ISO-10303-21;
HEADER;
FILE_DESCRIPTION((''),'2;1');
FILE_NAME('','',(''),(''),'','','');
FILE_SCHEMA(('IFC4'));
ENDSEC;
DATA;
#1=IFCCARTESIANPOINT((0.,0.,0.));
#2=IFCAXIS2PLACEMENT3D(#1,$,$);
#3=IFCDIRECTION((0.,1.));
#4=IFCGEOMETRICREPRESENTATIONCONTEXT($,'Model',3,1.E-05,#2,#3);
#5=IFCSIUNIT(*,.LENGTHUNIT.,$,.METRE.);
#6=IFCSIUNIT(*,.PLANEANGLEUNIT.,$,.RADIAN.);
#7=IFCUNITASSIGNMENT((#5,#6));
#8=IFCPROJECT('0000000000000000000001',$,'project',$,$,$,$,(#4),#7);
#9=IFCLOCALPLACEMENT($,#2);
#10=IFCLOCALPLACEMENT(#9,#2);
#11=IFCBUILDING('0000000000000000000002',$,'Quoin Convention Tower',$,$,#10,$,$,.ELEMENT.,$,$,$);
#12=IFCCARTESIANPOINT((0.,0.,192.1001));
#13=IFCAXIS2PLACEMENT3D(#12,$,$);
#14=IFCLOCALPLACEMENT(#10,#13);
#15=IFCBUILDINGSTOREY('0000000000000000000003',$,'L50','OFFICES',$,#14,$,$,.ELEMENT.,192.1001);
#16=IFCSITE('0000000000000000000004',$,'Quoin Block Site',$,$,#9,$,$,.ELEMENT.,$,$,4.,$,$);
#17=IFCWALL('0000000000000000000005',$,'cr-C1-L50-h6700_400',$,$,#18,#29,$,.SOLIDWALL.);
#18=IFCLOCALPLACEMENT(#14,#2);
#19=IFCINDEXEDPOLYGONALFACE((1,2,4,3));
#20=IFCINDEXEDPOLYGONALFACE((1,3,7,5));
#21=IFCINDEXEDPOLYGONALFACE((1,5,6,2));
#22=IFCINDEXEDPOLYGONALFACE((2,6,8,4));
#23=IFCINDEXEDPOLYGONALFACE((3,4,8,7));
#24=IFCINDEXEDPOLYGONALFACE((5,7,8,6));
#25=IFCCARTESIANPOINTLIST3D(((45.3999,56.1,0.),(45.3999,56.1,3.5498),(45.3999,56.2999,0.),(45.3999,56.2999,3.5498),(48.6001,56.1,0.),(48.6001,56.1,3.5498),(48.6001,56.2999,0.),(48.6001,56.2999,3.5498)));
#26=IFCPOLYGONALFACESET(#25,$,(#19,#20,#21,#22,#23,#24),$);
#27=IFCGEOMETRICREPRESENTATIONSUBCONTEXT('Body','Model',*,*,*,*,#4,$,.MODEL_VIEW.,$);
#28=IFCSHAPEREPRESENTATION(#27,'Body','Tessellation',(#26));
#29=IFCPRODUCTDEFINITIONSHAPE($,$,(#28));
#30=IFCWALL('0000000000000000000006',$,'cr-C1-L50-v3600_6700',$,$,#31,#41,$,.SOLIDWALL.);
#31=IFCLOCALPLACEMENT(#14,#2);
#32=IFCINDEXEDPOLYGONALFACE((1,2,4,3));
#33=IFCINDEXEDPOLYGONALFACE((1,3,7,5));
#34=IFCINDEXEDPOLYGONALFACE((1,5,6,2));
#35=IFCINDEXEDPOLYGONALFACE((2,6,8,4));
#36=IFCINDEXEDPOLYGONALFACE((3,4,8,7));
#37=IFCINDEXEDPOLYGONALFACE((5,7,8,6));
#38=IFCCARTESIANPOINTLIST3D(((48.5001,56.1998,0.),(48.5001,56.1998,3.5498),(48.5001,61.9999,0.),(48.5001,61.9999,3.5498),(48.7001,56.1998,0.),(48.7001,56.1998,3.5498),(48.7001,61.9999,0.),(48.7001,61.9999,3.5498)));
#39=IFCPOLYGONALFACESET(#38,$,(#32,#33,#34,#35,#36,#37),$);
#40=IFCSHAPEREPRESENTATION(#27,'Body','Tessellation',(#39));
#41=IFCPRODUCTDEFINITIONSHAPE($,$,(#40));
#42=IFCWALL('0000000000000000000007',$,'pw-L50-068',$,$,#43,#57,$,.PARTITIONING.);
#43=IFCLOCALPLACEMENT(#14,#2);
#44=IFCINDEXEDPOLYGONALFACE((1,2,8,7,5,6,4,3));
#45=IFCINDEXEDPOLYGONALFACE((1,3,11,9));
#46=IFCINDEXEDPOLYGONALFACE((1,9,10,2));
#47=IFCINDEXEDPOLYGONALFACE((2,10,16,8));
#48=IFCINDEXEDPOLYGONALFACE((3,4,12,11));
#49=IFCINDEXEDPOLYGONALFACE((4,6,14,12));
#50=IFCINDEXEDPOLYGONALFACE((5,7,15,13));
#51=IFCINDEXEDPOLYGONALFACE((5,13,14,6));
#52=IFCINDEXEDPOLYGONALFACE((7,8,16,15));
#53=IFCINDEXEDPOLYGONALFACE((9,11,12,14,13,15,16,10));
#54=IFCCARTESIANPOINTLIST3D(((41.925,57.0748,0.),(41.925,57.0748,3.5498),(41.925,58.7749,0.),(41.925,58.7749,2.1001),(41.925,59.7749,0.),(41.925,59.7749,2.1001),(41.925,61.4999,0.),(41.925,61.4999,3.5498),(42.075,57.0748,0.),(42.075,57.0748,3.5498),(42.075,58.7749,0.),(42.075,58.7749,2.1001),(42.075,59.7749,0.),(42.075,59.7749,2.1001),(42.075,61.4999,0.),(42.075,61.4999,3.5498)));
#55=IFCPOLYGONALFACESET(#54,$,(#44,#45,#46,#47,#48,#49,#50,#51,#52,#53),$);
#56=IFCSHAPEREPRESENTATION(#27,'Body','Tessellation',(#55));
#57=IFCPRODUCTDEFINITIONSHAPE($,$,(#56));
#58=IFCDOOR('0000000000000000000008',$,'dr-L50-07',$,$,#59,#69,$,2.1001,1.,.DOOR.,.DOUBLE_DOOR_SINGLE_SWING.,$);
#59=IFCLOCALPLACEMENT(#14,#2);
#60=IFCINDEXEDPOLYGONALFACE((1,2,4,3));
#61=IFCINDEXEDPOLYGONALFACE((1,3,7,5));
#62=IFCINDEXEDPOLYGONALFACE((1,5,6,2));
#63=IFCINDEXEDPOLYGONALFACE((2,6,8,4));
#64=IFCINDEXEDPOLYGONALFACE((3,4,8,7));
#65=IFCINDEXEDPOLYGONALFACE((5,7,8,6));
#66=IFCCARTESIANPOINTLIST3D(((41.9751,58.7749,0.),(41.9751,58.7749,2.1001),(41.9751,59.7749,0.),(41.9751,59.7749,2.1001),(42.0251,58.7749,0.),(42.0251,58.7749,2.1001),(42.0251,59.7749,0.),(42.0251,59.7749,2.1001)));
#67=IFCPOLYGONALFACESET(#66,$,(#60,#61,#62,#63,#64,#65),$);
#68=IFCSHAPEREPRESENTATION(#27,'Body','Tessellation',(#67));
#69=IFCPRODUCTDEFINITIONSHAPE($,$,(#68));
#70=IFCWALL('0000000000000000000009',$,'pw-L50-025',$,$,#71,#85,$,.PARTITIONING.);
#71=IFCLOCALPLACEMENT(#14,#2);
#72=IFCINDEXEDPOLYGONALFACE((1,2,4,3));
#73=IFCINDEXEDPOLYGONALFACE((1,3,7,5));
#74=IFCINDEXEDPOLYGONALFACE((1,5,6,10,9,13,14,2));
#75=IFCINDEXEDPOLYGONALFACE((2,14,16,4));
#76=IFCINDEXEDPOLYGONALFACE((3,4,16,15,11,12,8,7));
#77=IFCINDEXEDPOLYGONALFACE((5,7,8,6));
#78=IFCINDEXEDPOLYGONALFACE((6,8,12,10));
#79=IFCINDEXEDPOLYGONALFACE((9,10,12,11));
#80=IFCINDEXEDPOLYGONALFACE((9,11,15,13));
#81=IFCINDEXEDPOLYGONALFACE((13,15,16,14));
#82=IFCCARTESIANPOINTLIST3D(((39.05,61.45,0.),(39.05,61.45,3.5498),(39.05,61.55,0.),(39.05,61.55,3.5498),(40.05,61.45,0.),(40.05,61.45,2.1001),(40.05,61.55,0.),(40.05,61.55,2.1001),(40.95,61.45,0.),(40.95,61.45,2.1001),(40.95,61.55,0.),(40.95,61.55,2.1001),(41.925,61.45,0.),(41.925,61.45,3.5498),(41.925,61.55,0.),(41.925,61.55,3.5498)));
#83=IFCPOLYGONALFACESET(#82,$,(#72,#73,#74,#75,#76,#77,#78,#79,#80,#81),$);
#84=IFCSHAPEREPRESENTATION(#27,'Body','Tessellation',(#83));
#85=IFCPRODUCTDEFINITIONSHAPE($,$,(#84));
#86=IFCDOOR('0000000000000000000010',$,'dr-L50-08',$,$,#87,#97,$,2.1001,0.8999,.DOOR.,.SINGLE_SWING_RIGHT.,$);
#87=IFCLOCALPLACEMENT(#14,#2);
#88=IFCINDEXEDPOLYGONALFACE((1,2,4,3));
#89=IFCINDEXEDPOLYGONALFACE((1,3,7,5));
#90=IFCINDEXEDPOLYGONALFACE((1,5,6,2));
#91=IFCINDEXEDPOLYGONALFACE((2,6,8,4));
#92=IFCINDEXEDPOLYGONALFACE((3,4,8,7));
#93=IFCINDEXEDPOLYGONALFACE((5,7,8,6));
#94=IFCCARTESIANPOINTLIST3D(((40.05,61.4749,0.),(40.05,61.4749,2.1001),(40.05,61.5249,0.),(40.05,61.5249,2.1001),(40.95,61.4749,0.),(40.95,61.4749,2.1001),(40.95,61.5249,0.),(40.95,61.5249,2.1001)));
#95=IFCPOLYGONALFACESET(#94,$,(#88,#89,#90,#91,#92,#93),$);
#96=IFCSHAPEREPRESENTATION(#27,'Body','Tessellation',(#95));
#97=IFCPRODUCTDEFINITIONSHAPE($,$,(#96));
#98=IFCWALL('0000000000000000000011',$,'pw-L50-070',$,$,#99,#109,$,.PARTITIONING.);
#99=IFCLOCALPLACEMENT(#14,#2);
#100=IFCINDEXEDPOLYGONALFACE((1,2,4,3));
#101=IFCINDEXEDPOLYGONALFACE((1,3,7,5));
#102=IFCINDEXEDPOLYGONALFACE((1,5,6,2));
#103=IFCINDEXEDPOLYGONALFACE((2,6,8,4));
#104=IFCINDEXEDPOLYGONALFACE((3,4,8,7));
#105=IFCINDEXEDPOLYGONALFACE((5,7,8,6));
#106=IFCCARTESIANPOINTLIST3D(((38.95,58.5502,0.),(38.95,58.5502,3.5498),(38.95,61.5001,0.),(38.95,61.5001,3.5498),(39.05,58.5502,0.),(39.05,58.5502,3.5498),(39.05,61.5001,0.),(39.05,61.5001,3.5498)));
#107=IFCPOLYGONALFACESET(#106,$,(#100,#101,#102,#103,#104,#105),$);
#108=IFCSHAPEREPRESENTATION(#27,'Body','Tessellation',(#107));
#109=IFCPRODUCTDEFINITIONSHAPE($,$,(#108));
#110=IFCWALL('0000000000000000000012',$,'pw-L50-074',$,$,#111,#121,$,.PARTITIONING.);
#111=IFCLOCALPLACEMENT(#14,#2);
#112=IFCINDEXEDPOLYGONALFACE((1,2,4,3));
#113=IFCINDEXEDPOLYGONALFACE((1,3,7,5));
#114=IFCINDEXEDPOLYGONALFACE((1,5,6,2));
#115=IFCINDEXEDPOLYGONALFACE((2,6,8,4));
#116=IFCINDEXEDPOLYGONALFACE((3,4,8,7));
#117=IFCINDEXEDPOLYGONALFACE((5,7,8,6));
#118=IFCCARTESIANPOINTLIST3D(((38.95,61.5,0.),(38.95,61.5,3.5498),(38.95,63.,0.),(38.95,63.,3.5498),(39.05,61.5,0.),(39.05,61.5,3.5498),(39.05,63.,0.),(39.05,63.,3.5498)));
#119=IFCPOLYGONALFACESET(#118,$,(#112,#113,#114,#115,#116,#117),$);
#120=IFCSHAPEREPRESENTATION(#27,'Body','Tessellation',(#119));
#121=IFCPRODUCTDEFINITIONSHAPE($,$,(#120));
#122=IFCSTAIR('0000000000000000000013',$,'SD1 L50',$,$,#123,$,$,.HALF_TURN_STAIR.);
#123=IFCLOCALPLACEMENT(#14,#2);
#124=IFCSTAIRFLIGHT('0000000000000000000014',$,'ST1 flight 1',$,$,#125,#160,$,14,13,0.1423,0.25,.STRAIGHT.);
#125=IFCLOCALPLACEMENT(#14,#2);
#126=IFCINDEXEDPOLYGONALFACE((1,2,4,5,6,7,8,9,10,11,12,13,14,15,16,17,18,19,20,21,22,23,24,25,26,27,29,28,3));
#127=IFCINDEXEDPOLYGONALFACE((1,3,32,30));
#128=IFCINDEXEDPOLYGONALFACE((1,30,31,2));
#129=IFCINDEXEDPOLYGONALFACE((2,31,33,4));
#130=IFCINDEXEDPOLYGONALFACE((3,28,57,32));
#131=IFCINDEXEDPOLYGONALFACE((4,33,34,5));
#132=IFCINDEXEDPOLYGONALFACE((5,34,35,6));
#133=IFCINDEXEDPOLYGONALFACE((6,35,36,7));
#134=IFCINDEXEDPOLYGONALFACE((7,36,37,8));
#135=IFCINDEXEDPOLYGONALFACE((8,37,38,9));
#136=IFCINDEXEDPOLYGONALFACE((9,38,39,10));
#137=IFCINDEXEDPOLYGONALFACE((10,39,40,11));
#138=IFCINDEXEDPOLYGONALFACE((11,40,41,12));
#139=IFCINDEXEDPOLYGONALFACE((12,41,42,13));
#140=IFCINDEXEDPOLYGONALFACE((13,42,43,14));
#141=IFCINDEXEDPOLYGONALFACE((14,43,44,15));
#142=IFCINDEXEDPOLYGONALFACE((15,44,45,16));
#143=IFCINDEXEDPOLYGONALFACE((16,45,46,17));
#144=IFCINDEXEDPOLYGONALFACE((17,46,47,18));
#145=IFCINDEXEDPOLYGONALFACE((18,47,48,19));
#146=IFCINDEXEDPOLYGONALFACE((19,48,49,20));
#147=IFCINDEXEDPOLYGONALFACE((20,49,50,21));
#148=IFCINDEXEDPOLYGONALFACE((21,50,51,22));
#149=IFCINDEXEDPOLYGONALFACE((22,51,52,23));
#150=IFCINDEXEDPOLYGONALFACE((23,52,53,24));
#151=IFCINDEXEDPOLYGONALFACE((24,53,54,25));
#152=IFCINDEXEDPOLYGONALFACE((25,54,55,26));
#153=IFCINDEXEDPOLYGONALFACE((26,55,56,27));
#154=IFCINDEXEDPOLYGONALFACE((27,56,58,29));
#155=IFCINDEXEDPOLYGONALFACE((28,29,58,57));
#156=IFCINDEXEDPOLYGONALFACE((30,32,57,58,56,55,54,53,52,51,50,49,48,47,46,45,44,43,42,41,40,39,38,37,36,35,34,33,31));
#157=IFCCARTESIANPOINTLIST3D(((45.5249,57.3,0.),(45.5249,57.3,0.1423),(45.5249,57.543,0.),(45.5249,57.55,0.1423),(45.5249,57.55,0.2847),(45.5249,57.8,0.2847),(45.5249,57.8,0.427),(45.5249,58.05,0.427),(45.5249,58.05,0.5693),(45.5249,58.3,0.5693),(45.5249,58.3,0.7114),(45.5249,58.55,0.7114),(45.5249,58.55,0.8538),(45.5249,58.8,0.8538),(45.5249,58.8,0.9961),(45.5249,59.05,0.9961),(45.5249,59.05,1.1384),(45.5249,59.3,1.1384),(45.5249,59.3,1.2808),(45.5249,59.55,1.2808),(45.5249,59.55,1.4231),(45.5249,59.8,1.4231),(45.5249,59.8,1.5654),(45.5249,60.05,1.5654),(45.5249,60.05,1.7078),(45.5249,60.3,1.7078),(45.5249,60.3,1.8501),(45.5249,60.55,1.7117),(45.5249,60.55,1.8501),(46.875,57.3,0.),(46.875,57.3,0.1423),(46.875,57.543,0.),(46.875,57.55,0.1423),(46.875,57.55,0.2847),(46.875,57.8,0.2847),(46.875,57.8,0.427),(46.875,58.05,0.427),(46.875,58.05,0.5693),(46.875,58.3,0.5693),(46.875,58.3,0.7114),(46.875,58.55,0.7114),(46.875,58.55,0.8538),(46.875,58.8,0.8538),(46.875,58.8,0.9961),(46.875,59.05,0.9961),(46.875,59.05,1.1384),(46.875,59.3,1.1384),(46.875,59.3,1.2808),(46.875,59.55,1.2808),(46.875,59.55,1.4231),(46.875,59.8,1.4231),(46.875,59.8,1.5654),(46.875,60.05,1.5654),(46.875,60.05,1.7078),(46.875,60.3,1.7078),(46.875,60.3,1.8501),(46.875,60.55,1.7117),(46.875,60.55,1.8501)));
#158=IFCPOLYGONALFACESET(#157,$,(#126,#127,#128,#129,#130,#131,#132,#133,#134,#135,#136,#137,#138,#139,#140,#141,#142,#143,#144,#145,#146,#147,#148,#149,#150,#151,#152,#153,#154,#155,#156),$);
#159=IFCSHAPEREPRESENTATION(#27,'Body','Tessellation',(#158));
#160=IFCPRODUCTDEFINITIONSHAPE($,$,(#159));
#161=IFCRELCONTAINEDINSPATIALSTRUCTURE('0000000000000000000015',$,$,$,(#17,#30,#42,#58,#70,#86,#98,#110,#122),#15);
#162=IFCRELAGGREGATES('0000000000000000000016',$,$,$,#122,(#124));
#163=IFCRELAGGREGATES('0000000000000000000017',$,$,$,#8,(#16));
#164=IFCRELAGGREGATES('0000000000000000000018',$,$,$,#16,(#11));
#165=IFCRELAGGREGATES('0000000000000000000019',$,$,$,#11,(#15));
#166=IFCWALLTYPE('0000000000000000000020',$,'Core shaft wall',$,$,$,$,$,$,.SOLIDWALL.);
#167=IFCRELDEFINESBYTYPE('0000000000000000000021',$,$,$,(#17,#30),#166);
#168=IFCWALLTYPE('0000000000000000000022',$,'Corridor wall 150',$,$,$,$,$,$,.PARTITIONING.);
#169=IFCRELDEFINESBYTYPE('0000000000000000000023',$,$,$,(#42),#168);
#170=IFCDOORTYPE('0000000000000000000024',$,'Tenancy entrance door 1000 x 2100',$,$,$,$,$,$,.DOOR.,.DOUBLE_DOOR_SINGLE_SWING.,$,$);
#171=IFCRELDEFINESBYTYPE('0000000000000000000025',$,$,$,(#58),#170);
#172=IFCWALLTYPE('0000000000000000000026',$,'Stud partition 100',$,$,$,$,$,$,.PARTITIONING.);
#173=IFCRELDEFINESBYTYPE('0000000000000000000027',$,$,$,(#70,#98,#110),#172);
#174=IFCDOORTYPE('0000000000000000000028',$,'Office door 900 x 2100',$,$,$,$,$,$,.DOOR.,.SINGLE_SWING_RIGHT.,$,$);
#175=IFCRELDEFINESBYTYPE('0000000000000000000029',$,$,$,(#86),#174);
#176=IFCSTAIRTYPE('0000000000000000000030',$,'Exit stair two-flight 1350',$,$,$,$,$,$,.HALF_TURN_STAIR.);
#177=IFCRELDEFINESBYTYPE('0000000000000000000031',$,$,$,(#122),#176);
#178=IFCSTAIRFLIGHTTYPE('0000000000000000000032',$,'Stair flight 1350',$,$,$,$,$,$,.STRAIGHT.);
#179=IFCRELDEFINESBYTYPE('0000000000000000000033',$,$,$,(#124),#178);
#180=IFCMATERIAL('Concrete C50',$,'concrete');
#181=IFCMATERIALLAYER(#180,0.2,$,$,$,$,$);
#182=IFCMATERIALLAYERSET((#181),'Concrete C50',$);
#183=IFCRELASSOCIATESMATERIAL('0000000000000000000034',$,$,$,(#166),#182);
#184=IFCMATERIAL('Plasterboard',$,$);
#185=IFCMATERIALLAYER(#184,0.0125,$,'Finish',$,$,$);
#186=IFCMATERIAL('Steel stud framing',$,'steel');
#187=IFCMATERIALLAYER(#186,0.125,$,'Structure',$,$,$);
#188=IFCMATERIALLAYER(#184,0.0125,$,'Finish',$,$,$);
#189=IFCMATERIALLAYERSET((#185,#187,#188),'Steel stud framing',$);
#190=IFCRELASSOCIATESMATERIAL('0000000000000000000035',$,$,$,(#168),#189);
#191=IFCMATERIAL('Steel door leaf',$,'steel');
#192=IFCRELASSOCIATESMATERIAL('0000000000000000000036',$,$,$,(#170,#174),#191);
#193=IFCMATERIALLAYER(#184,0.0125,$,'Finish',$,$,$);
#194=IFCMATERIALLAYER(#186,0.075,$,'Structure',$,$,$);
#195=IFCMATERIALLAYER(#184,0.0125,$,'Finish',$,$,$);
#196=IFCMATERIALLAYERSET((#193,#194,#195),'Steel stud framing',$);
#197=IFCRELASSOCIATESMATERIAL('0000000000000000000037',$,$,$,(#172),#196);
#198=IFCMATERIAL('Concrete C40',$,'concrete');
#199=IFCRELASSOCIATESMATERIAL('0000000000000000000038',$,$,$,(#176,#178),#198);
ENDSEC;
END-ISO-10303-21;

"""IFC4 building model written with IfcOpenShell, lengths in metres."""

from ifc_helpers import new_model, si_unit, direction, frame, frame_2d, origin, place, context, subcontext, project, spatial, polyline, rectangle, outline, extrude, material, layer, layer_set, type_object, element, fill, aggregate, save


model = new_model("IFC4")

# Units and contexts
model_context = context("Model", 3, precision=1e-05, world=origin(), true_north=direction((0.0, 1.0)))
body_context = subcontext(model_context, "Body", "Model", "MODEL_VIEW")
ifc_project = project(units=[si_unit("LENGTHUNIT", "METRE"), si_unit("PLANEANGLEUNIT", "RADIAN")], contexts=[model_context])

# Site, building, storey
site_placement = place(None, origin())
site = spatial("IfcSite", under=ifc_project, at=site_placement, Name="Quoin Block Site", CompositionType="ELEMENT", RefElevation=4.0)
building_placement = place(site_placement, origin())
building = spatial("IfcBuilding", under=site, at=building_placement, Name="Quoin Convention Tower", CompositionType="ELEMENT")
storey_placement = place(building_placement, frame((0.0, 0.0, 192.1001)))
storey = spatial("IfcBuildingStorey", under=building, at=storey_placement, Name="L50", Description="OFFICES", CompositionType="ELEMENT", Elevation=192.1001)

# Walls
ifc_material_1 = material(Name="Concrete C50", Category="concrete")
ifc_layer_1 = layer(ifc_material_1, 0.2)
ifc_layer_set_1 = layer_set([ifc_layer_1], Name="Concrete C50")
wall_type_1 = type_object("IfcWallType", Name="Core shaft wall", PredefinedType="SOLIDWALL", material=ifc_layer_set_1)
wall_1_placement = place(storey_placement, frame((45.3999, 56.2, 0.0), z_axis=(0.0, 0.0, 1.0), x_axis=(1.0, 0.0, 0.0)))
element("IfcWall", 1, at=wall_1_placement, inside=storey, type_object=wall_type_1, Name="cr-C1-L50-h6700_400", PredefinedType="SOLIDWALL", context=body_context, shape_type="SweptSolid", body=[
    extrude(rectangle(XDim=3.2002, YDim=0.2, at=frame_2d((1.6001, 0.0))), origin(), (0.0, 0.0, 1.0), 3.5498),
])
wall_2_placement = place(storey_placement, frame((48.6001, 56.2, 0.0), z_axis=(0.0, 0.0, 1.0), x_axis=(0.0, 1.0, 0.0)))
element("IfcWall", 2, at=wall_2_placement, inside=storey, type_object=wall_type_1, Name="cr-C1-L50-v3600_6700", PredefinedType="SOLIDWALL", context=body_context, shape_type="SweptSolid", body=[
    extrude(rectangle(XDim=5.8, YDim=0.2, at=frame_2d((2.8999, 0.0))), origin(), (0.0, 0.0, 1.0), 3.5498),
])

# Walls, openings, doors
ifc_material_2 = material(Name="Plasterboard")
ifc_layer_2 = layer(ifc_material_2, 0.0125, Name="Finish")
ifc_material_3 = material(Name="Steel stud framing", Category="steel")
ifc_layer_3 = layer(ifc_material_3, 0.125, Name="Structure")
ifc_layer_4 = layer(ifc_material_2, 0.0125, Name="Finish")
ifc_layer_set_2 = layer_set([ifc_layer_2, ifc_layer_3, ifc_layer_4], Name="Steel stud framing")
wall_type_2 = type_object("IfcWallType", Name="Corridor wall 150", PredefinedType="PARTITIONING", material=ifc_layer_set_2)
wall_3_placement = place(storey_placement, frame((42.0, 57.075, 0.0), z_axis=(0.0, 0.0, 1.0), x_axis=(0.0, 1.0, 0.0)))
wall_3 = element("IfcWall", 3, at=wall_3_placement, inside=storey, type_object=wall_type_2, Name="pw-L50-068", PredefinedType="PARTITIONING", context=body_context, shape_type="SweptSolid", body=[
    extrude(rectangle(XDim=4.425, YDim=0.1499, at=frame_2d((2.2124, 0.0))), origin(), (0.0, 0.0, 1.0), 3.5498),
])
opening_1_placement = place(wall_3_placement, frame((1.7, 0.0, 0.0)))
opening_1 = element("IfcOpeningElement", 4, at=opening_1_placement, cuts=wall_3, PredefinedType="OPENING", context=body_context, shape_type="SweptSolid", body=[
    extrude(rectangle(XDim=1.0, YDim=2.1001, at=frame_2d((0.5, 1.05))), frame((0.0, 0.085, 0.0), z_axis=(0.0, -1.0, 0.0), x_axis=(1.0, 0.0, 0.0)), (0.0, 0.0, 1.0), 0.1699),
])
ifc_material_4 = material(Name="Steel door leaf", Category="steel")
door_type_1 = type_object("IfcDoorType", Name="Tenancy entrance door 1000 x 2100", OperationType="DOUBLE_DOOR_SINGLE_SWING", PredefinedType="DOOR", material=ifc_material_4)
door_1_placement = place(opening_1_placement, origin())
door_1 = element("IfcDoor", 5, at=door_1_placement, inside=storey, type_object=door_type_1, Name="dr-L50-07", OperationType="DOUBLE_DOOR_SINGLE_SWING", OverallHeight=2.1001, OverallWidth=1.0, PredefinedType="DOOR", context=body_context, shape_type="SweptSolid", body=[
    extrude(rectangle(XDim=1.0, YDim=2.1001, at=frame_2d((0.5, 1.05))), frame((0.0, 0.0249, 0.0), z_axis=(0.0, -1.0, 0.0), x_axis=(1.0, 0.0, 0.0)), (0.0, 0.0, 1.0), 0.05),
])
fill(opening_1, door_1)
ifc_layer_5 = layer(ifc_material_2, 0.0125, Name="Finish")
ifc_layer_6 = layer(ifc_material_3, 0.075, Name="Structure")
ifc_layer_7 = layer(ifc_material_2, 0.0125, Name="Finish")
ifc_layer_set_3 = layer_set([ifc_layer_5, ifc_layer_6, ifc_layer_7], Name="Steel stud framing")
wall_type_3 = type_object("IfcWallType", Name="Stud partition 100", PredefinedType="PARTITIONING", material=ifc_layer_set_3)
wall_4_placement = place(storey_placement, frame((39.05, 61.5, 0.0), z_axis=(0.0, 0.0, 1.0), x_axis=(1.0, 0.0, 0.0)))
wall_4 = element("IfcWall", 6, at=wall_4_placement, inside=storey, type_object=wall_type_3, Name="pw-L50-025", PredefinedType="PARTITIONING", context=body_context, shape_type="SweptSolid", body=[
    extrude(rectangle(XDim=2.875, YDim=0.1001, at=frame_2d((1.4375, 0.0))), origin(), (0.0, 0.0, 1.0), 3.5498),
])
opening_2_placement = place(wall_4_placement, frame((1.0, 0.0, 0.0)))
opening_2 = element("IfcOpeningElement", 7, at=opening_2_placement, cuts=wall_4, PredefinedType="OPENING", context=body_context, shape_type="SweptSolid", body=[
    extrude(rectangle(XDim=0.8999, YDim=2.1001, at=frame_2d((0.45, 1.05))), frame((0.0, 0.0601, 0.0), z_axis=(0.0, -1.0, 0.0), x_axis=(1.0, 0.0, 0.0)), (0.0, 0.0, 1.0), 0.1201),
])
door_type_2 = type_object("IfcDoorType", Name="Office door 900 x 2100", OperationType="SINGLE_SWING_RIGHT", PredefinedType="DOOR", material=ifc_material_4)
door_2_placement = place(opening_2_placement, origin())
door_2 = element("IfcDoor", 8, at=door_2_placement, inside=storey, type_object=door_type_2, Name="dr-L50-08", OperationType="SINGLE_SWING_RIGHT", OverallHeight=2.1001, OverallWidth=0.8999, PredefinedType="DOOR", context=body_context, shape_type="SweptSolid", body=[
    extrude(rectangle(XDim=0.8999, YDim=2.1001, at=frame_2d((0.45, 1.05))), frame((0.0, 0.0249, 0.0), z_axis=(0.0, -1.0, 0.0), x_axis=(1.0, 0.0, 0.0)), (0.0, 0.0, 1.0), 0.05),
])
fill(opening_2, door_2)

# Walls
wall_5_placement = place(storey_placement, frame((39.0, 58.55, 0.0), z_axis=(0.0, 0.0, 1.0), x_axis=(0.0, 1.0, 0.0)))
element("IfcWall", 9, at=wall_5_placement, inside=storey, type_object=wall_type_3, Name="pw-L50-070", PredefinedType="PARTITIONING", context=body_context, shape_type="SweptSolid", body=[
    extrude(rectangle(XDim=2.95, YDim=0.1001, at=frame_2d((1.4751, 0.0))), origin(), (0.0, 0.0, 1.0), 3.5498),
])
wall_6_placement = place(storey_placement, frame((39.0, 61.5, 0.0), z_axis=(0.0, 0.0, 1.0), x_axis=(0.0, 1.0, 0.0)))
element("IfcWall", 10, at=wall_6_placement, inside=storey, type_object=wall_type_3, Name="pw-L50-074", PredefinedType="PARTITIONING", context=body_context, shape_type="SweptSolid", body=[
    extrude(rectangle(XDim=1.5, YDim=0.1001, at=frame_2d((0.75, 0.0))), origin(), (0.0, 0.0, 1.0), 3.5498),
])

# Stair, stair flight
ifc_material_5 = material(Name="Concrete C40", Category="concrete")
stair_type = type_object("IfcStairType", Name="Exit stair two-flight 1350", PredefinedType="HALF_TURN_STAIR", material=ifc_material_5)
stair_placement = place(storey_placement, origin())
stair = element("IfcStair", 11, at=stair_placement, inside=storey, type_object=stair_type, Name="SD1 L50", PredefinedType="HALF_TURN_STAIR")
stair_flight_type = type_object("IfcStairFlightType", Name="Stair flight 1350", PredefinedType="STRAIGHT", material=ifc_material_5)
stair_flight_1_placement = place(storey_placement, frame((46.2, 57.3, 0.0), z_axis=(0.0, 0.0, 1.0), x_axis=(0.0, 1.0, 0.0)))
stair_flight_1 = element("IfcStairFlight", 12, at=stair_flight_1_placement, type_object=stair_flight_type, Name="ST1 flight 1", NumberOfRisers=14, NumberOfTreads=13, PredefinedType="STRAIGHT", RiserHeight=0.1423, TreadLength=0.25, context=body_context, shape_type="SweptSolid", body=[
    extrude(outline(polyline([(0.0, 0.0), (0.0, 0.1423), (0.25, 0.1423), (0.25, 0.2847), (0.5, 0.2847), (0.5, 0.427), (0.75, 0.427), (0.75, 0.5693), (1.0, 0.5693), (1.0, 0.7114), (1.25, 0.7114), (1.25, 0.8538), (1.5, 0.8538), (1.5, 0.9961), (1.75, 0.9961), (1.75, 1.1384), (2.0, 1.1384), (2.0, 1.2808), (2.25, 1.2808), (2.25, 1.4231), (2.5, 1.4231), (2.5, 1.5654), (2.75, 1.5654), (2.75, 1.7078), (3.0, 1.7078), (3.0, 1.8501), (3.25, 1.8501), (3.25, 1.9922), (3.25, 1.7117), (0.2429, 0.0), (0.0, 0.0)])), frame((0.0, 0.675, 0.0), z_axis=(0.0, -1.0, 0.0), x_axis=(1.0, 0.0, 0.0)), (0.0, 0.0, 1.0), 1.3501),
])
aggregate(stair, [stair_flight_1])

save(model, "model.ifc")
